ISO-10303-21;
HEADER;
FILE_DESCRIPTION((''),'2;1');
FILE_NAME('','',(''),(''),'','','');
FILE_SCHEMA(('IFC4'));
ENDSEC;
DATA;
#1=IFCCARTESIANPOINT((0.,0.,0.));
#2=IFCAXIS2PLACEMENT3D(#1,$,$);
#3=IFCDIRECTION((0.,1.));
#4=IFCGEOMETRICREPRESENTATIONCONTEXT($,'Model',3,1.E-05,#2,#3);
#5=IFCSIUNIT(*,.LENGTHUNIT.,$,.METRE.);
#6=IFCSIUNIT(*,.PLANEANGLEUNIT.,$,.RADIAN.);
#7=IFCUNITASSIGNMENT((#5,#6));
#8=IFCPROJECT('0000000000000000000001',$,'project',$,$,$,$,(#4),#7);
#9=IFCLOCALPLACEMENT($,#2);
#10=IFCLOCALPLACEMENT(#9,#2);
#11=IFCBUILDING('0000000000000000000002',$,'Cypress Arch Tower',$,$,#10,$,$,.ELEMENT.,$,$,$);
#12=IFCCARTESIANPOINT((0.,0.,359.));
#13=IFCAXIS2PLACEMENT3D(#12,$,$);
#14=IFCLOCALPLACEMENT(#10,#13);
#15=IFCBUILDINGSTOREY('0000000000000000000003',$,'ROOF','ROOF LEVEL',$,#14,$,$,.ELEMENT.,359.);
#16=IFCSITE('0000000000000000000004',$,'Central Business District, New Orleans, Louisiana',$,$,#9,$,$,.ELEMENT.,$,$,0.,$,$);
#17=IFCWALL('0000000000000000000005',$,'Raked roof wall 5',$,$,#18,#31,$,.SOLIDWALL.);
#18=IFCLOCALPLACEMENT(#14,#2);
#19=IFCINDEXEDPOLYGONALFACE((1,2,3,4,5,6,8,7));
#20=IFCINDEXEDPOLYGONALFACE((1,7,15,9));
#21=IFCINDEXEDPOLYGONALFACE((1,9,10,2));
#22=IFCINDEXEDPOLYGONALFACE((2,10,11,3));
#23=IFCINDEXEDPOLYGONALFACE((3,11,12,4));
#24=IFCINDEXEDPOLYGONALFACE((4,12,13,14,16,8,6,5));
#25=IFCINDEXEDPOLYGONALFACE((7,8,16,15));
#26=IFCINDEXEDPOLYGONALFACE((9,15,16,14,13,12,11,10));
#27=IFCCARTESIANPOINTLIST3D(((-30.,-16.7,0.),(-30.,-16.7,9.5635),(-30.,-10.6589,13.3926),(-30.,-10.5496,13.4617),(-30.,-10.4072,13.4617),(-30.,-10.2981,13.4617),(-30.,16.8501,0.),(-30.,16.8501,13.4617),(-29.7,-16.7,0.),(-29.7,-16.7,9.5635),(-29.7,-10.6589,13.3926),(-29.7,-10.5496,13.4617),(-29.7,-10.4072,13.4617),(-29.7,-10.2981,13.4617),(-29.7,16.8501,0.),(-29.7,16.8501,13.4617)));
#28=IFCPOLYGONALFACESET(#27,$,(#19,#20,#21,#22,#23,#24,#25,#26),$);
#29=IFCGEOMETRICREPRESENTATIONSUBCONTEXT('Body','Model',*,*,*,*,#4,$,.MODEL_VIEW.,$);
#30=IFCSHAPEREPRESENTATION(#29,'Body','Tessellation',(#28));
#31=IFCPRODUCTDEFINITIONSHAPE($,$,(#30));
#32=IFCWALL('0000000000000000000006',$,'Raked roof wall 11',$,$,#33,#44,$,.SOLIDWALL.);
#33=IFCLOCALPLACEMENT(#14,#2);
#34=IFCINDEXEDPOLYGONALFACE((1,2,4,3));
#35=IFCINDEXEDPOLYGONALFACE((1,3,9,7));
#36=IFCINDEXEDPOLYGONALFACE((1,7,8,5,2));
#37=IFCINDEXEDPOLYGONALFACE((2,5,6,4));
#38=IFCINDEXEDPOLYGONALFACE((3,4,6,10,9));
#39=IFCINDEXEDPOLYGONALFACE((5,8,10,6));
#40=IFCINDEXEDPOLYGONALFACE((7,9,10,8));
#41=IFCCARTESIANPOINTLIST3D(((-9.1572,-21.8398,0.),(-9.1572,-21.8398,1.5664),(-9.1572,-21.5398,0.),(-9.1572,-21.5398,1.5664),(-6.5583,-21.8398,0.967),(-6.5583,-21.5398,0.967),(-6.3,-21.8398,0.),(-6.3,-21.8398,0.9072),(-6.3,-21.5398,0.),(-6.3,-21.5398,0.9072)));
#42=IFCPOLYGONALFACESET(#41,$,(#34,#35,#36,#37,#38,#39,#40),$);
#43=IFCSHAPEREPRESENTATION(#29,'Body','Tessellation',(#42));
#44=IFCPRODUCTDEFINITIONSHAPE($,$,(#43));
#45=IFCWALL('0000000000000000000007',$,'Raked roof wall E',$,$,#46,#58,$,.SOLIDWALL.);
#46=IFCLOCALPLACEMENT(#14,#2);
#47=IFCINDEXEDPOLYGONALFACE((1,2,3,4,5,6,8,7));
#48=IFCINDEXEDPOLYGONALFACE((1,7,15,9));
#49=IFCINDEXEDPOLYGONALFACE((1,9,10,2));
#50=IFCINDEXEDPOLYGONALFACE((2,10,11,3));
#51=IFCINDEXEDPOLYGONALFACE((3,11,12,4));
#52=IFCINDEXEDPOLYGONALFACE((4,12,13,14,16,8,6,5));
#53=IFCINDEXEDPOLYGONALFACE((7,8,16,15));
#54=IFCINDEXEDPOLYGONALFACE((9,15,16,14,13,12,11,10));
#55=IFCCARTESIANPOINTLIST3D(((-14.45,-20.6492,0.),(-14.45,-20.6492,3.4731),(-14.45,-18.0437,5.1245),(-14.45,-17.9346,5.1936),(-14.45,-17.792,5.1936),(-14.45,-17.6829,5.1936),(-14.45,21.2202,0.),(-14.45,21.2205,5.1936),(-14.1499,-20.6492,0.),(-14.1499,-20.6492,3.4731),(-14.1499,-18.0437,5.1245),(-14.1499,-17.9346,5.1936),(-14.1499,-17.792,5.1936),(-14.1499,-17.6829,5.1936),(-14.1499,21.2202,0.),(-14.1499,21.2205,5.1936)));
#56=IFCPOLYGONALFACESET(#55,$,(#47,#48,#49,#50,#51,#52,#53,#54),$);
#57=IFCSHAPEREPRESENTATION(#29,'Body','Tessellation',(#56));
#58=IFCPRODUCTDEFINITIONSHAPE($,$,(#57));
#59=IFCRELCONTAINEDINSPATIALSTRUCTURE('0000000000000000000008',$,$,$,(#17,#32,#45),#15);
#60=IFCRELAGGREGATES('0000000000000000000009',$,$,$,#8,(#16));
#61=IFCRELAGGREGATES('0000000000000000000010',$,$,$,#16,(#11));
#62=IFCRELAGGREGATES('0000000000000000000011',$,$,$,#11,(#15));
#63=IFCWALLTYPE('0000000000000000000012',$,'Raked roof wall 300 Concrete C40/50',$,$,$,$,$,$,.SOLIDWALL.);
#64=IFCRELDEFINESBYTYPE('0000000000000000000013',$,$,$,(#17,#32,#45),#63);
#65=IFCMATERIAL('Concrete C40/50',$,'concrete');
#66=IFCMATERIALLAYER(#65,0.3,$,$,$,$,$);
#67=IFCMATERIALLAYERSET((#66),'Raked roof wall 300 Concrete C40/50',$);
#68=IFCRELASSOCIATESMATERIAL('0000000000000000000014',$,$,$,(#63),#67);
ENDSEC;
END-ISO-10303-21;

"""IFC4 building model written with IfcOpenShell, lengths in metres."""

from ifc_helpers import new_model, si_unit, direction, frame, origin, place, context, subcontext, project, spatial, polyline, outline, extrude, material, layer, layer_set, type_object, element, save


model = new_model("IFC4")

# Units and contexts
model_context = context("Model", 3, precision=1e-05, world=origin(), true_north=direction((0.0, 1.0)))
body_context = subcontext(model_context, "Body", "Model", "MODEL_VIEW")
ifc_project = project(units=[si_unit("LENGTHUNIT", "METRE"), si_unit("PLANEANGLEUNIT", "RADIAN")], contexts=[model_context])

# Site, building, storey
site_placement = place(None, origin())
site = spatial("IfcSite", under=ifc_project, at=site_placement, Name="Central Business District, New Orleans, Louisiana", CompositionType="ELEMENT", RefElevation=0.0)
building_placement = place(site_placement, origin())
building = spatial("IfcBuilding", under=site, at=building_placement, Name="Cypress Arch Tower", CompositionType="ELEMENT")
storey_placement = place(building_placement, frame((0.0, 0.0, 359.0)))
storey = spatial("IfcBuildingStorey", under=building, at=storey_placement, Name="ROOF", Description="ROOF LEVEL", CompositionType="ELEMENT", Elevation=359.0)

# Walls
ifc_material_1 = material(Name="Concrete C40/50", Category="concrete")
ifc_layer_1 = layer(ifc_material_1, 0.3)
ifc_layer_set_1 = layer_set([ifc_layer_1], Name="Raked roof wall 300 Concrete C40/50")
wall_type_1 = type_object("IfcWallType", Name="Raked roof wall 300 Concrete C40/50", PredefinedType="SOLIDWALL", material=ifc_layer_set_1)
wall_1_placement = place(storey_placement, frame((-29.8501, -16.7, 0.0), z_axis=(0.0, 0.0, 1.0), x_axis=(0.0, 1.0, 0.0)))
element("IfcWall", 1, at=wall_1_placement, inside=storey, type_object=wall_type_1, Name="Raked roof wall 5", PredefinedType="SOLIDWALL", context=body_context, shape_type="SweptSolid", body=[
    extrude(outline(polyline([(0.0, 0.0), (33.55, 0.0), (33.55, 13.4617), (6.4019, 13.4617), (6.2927, 13.4617), (6.1504, 13.4617), (6.041, 13.3926), (0.0, 9.5635), (0.0, 0.0)])), frame((0.0, 0.1499, 0.0), z_axis=(0.0, -1.0, 0.0), x_axis=(1.0, 0.0, 0.0)), (0.0, 0.0, 1.0), 0.3),
])
wall_2_placement = place(storey_placement, frame((-6.3, -21.6899, 0.0), z_axis=(0.0, 0.0, 1.0), x_axis=(-1.0, 0.0, 0.0)))
element("IfcWall", 2, at=wall_2_placement, inside=storey, type_object=wall_type_1, Name="Raked roof wall 11", PredefinedType="SOLIDWALL", context=body_context, shape_type="SweptSolid", body=[
    extrude(outline(polyline([(0.0, 0.0), (2.8572, 0.0), (2.8572, 1.5664), (0.2583, 0.967), (0.0, 0.9072), (0.0, 0.0)])), frame((0.0, 0.1499, 0.0), z_axis=(0.0, -1.0, 0.0), x_axis=(1.0, 0.0, 0.0)), (0.0, 0.0, 1.0), 0.3),
])
wall_3_placement = place(storey_placement, frame((-14.3, -20.6492, 0.0), z_axis=(0.0, 0.0, 1.0), x_axis=(0.0, 1.0, 0.0)))
element("IfcWall", 3, at=wall_3_placement, inside=storey, type_object=wall_type_1, Name="Raked roof wall E", PredefinedType="SOLIDWALL", context=body_context, shape_type="SweptSolid", body=[
    extrude(outline(polyline([(0.0, 0.0), (41.8694, 0.0), (41.8696, 5.1936), (2.9663, 5.1936), (2.8572, 5.1936), (2.7146, 5.1936), (2.6055, 5.1245), (0.0, 3.4731), (0.0, 0.0)])), frame((0.0, 0.1499, 0.0), z_axis=(0.0, -1.0, 0.0), x_axis=(1.0, 0.0, 0.0)), (0.0, 0.0, 1.0), 0.3),
])

save(model, "model.ifc")
